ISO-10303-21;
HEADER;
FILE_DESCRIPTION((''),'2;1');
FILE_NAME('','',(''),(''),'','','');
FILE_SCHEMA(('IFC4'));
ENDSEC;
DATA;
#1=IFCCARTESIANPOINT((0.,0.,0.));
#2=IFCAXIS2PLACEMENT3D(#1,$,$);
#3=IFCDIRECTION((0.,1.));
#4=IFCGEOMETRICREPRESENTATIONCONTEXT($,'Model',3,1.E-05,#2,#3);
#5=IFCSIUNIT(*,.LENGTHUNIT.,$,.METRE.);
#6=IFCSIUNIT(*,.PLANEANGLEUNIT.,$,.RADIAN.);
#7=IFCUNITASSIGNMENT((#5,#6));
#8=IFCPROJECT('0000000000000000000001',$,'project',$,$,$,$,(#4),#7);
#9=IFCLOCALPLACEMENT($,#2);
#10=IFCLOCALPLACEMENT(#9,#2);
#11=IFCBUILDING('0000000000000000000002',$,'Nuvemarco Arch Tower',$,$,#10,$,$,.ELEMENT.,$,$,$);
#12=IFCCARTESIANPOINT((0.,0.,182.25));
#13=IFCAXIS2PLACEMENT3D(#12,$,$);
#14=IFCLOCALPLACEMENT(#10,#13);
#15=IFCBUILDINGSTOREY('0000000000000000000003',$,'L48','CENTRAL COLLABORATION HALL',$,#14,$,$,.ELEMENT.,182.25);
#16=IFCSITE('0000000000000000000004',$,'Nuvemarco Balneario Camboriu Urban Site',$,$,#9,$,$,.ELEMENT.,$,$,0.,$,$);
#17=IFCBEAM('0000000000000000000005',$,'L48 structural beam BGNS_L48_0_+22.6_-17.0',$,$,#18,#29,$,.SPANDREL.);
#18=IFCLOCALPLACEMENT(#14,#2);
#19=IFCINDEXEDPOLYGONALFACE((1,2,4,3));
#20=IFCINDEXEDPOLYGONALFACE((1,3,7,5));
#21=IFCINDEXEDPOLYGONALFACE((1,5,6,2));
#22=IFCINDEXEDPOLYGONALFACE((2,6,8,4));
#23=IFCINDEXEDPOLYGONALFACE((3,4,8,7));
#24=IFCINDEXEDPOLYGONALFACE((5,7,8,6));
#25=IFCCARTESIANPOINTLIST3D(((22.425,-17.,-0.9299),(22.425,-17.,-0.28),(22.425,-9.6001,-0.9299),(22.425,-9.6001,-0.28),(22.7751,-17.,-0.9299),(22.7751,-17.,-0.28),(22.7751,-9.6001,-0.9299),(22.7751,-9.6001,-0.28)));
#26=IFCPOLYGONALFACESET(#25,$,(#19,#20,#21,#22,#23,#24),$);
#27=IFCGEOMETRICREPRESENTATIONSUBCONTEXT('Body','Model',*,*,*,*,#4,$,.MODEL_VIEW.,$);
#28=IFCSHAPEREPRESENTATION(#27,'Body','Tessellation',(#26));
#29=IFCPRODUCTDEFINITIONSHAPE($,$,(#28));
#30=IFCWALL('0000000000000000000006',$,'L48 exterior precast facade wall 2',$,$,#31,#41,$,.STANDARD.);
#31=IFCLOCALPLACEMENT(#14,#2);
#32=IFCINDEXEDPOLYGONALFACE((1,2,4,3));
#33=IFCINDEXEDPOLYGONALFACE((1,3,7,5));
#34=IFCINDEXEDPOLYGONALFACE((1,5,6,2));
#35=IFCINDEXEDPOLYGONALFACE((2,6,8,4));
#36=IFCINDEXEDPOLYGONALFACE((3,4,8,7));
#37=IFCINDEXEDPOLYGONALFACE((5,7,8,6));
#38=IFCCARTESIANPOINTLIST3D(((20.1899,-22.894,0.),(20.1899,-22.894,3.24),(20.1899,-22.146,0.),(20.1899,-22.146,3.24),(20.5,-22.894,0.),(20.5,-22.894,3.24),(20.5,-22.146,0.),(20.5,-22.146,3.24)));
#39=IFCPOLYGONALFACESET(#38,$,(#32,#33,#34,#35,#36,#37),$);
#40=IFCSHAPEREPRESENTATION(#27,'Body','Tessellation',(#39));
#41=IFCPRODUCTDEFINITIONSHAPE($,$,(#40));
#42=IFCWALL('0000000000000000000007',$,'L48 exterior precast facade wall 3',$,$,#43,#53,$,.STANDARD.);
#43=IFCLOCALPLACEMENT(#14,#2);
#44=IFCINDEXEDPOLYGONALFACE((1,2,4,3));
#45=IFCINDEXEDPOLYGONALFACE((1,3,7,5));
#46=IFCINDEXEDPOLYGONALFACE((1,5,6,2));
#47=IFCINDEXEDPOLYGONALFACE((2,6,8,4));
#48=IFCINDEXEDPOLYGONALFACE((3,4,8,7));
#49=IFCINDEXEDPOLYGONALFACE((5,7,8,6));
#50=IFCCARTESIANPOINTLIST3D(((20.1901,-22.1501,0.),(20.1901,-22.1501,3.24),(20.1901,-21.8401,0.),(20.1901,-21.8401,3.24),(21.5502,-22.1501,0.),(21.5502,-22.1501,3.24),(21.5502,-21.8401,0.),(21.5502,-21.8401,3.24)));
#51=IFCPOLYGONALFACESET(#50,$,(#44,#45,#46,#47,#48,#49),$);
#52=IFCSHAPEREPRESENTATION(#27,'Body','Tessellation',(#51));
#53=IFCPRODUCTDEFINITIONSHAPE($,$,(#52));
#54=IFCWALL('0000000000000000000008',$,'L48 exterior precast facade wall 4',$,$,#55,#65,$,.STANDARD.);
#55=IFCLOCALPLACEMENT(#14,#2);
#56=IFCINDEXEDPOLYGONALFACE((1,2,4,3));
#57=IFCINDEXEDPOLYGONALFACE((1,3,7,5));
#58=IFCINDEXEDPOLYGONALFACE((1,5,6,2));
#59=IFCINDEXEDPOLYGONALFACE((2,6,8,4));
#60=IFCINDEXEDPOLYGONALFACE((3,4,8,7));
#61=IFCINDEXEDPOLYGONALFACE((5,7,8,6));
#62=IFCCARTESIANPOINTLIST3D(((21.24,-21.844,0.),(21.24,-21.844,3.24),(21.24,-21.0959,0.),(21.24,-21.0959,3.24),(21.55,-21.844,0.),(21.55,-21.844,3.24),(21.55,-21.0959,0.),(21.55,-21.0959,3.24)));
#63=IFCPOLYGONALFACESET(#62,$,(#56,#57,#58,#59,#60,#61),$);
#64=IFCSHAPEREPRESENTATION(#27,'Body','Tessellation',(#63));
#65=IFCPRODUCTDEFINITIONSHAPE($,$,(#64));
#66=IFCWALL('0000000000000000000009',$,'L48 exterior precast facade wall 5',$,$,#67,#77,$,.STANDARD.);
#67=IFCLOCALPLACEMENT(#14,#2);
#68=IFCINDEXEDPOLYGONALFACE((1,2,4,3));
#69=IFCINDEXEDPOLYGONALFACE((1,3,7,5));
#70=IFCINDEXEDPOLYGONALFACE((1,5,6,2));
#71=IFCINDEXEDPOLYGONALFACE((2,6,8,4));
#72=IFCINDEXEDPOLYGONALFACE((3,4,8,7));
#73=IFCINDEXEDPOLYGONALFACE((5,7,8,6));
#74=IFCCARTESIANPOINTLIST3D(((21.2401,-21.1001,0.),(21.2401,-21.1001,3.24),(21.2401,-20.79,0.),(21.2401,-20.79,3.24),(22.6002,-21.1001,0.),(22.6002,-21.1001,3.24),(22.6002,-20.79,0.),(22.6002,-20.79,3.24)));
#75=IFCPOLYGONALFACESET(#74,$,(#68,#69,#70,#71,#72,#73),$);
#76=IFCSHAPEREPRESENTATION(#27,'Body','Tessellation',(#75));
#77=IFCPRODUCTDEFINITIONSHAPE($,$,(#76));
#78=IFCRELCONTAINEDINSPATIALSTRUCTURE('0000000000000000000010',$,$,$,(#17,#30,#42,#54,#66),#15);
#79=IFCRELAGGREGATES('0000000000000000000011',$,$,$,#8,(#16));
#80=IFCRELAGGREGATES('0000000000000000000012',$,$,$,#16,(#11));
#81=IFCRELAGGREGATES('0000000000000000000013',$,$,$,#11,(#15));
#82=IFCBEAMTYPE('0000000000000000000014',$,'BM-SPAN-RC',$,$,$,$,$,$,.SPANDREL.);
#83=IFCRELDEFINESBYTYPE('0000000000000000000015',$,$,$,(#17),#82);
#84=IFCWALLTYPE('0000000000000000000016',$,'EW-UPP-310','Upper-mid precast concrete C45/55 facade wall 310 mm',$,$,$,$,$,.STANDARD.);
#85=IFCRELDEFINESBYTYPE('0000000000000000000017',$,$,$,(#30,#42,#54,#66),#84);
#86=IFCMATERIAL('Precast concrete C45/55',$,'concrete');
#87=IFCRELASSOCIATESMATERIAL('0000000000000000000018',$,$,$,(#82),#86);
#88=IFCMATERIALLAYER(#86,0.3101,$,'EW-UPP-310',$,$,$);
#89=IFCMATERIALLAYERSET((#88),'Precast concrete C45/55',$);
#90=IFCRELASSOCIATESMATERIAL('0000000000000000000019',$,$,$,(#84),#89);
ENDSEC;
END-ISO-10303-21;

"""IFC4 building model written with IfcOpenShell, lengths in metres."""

from ifc_helpers import new_model, si_unit, direction, frame, frame_2d, origin, origin_2d, place, context, subcontext, project, spatial, rectangle, extrude, material, layer, layer_set, material_profile, profile_set, type_object, element, save


model = new_model("IFC4")

# Units and contexts
model_context = context("Model", 3, precision=1e-05, world=origin(), true_north=direction((0.0, 1.0)))
body_context = subcontext(model_context, "Body", "Model", "MODEL_VIEW")
ifc_project = project(units=[si_unit("LENGTHUNIT", "METRE"), si_unit("PLANEANGLEUNIT", "RADIAN")], contexts=[model_context])

# Site, building, storey
site_placement = place(None, origin())
site = spatial("IfcSite", under=ifc_project, at=site_placement, Name="Nuvemarco Balneario Camboriu Urban Site", CompositionType="ELEMENT", RefElevation=0.0)
building_placement = place(site_placement, origin())
building = spatial("IfcBuilding", under=site, at=building_placement, Name="Nuvemarco Arch Tower", CompositionType="ELEMENT")
storey_placement = place(building_placement, frame((0.0, 0.0, 182.25)))
storey = spatial("IfcBuildingStorey", under=building, at=storey_placement, Name="L48", Description="CENTRAL COLLABORATION HALL", CompositionType="ELEMENT", Elevation=182.25)

# Beam
ifc_material_1 = material(Name="Precast concrete C45/55", Category="concrete")
ifc_material_profile_1 = material_profile(ifc_material_1, rectangle(XDim=0.3501, YDim=0.6499, at=origin_2d()), Name="PC-SP-350x650")
ifc_profile_set_1 = profile_set([ifc_material_profile_1], Name="Precast concrete C45/55")
beam_type_1 = type_object("IfcBeamType", Name="BM-SPAN-RC", PredefinedType="SPANDREL", material=ifc_profile_set_1)
beam_1_placement = place(storey_placement, frame((22.6001, -17.0, -0.605), z_axis=(0.0, 1.0, 0.0), x_axis=(-1.0, 0.0, 0.0)))
element("IfcBeam", 1, at=beam_1_placement, inside=storey, type_object=beam_type_1, Name="L48 structural beam BGNS_L48_0_+22.6_-17.0", PredefinedType="SPANDREL", context=body_context, shape_type="SweptSolid", body=[
    extrude(rectangle(XDim=0.3501, YDim=0.6499, at=origin_2d()), origin(), (0.0, 0.0, 1.0), 7.3999),
])

# Walls
ifc_layer_1 = layer(ifc_material_1, 0.3101, Name="EW-UPP-310")
ifc_layer_set_1 = layer_set([ifc_layer_1], Name="Precast concrete C45/55")
wall_type_1 = type_object("IfcWallType", Name="EW-UPP-310", Description="Upper-mid precast concrete C45/55 facade wall 310 mm", PredefinedType="STANDARD", material=ifc_layer_set_1)
wall_1_placement = place(storey_placement, frame((20.345, -22.894, 0.0), z_axis=(0.0, 0.0, 1.0), x_axis=(0.0, 1.0, 0.0)))
element("IfcWall", 2, at=wall_1_placement, inside=storey, type_object=wall_type_1, Name="L48 exterior precast facade wall 2", PredefinedType="STANDARD", context=body_context, shape_type="SweptSolid", body=[
    extrude(rectangle(XDim=0.748, YDim=0.3101, at=frame_2d((0.374, 0.0))), origin(), (0.0, 0.0, 1.0), 3.24),
])
wall_2_placement = place(storey_placement, frame((20.1899, -21.9951, 0.0), z_axis=(0.0, 0.0, 1.0), x_axis=(1.0, 0.0, 0.0)))
element("IfcWall", 3, at=wall_2_placement, inside=storey, type_object=wall_type_1, Name="L48 exterior precast facade wall 3", PredefinedType="STANDARD", context=body_context, shape_type="SweptSolid", body=[
    extrude(rectangle(XDim=1.3601, YDim=0.3101, at=frame_2d((0.6802, 0.0))), origin(), (0.0, 0.0, 1.0), 3.24),
])
wall_3_placement = place(storey_placement, frame((21.395, -21.844, 0.0), z_axis=(0.0, 0.0, 1.0), x_axis=(0.0, 1.0, 0.0)))
element("IfcWall", 4, at=wall_3_placement, inside=storey, type_object=wall_type_1, Name="L48 exterior precast facade wall 4", PredefinedType="STANDARD", context=body_context, shape_type="SweptSolid", body=[
    extrude(rectangle(XDim=0.748, YDim=0.3101, at=frame_2d((0.374, 0.0))), origin(), (0.0, 0.0, 1.0), 3.24),
])
wall_4_placement = place(storey_placement, frame((21.24, -20.9451, 0.0), z_axis=(0.0, 0.0, 1.0), x_axis=(1.0, 0.0, 0.0)))
element("IfcWall", 5, at=wall_4_placement, inside=storey, type_object=wall_type_1, Name="L48 exterior precast facade wall 5", PredefinedType="STANDARD", context=body_context, shape_type="SweptSolid", body=[
    extrude(rectangle(XDim=1.3601, YDim=0.3101, at=frame_2d((0.6802, 0.0))), origin(), (0.0, 0.0, 1.0), 3.24),
])

save(model, "model.ifc")
